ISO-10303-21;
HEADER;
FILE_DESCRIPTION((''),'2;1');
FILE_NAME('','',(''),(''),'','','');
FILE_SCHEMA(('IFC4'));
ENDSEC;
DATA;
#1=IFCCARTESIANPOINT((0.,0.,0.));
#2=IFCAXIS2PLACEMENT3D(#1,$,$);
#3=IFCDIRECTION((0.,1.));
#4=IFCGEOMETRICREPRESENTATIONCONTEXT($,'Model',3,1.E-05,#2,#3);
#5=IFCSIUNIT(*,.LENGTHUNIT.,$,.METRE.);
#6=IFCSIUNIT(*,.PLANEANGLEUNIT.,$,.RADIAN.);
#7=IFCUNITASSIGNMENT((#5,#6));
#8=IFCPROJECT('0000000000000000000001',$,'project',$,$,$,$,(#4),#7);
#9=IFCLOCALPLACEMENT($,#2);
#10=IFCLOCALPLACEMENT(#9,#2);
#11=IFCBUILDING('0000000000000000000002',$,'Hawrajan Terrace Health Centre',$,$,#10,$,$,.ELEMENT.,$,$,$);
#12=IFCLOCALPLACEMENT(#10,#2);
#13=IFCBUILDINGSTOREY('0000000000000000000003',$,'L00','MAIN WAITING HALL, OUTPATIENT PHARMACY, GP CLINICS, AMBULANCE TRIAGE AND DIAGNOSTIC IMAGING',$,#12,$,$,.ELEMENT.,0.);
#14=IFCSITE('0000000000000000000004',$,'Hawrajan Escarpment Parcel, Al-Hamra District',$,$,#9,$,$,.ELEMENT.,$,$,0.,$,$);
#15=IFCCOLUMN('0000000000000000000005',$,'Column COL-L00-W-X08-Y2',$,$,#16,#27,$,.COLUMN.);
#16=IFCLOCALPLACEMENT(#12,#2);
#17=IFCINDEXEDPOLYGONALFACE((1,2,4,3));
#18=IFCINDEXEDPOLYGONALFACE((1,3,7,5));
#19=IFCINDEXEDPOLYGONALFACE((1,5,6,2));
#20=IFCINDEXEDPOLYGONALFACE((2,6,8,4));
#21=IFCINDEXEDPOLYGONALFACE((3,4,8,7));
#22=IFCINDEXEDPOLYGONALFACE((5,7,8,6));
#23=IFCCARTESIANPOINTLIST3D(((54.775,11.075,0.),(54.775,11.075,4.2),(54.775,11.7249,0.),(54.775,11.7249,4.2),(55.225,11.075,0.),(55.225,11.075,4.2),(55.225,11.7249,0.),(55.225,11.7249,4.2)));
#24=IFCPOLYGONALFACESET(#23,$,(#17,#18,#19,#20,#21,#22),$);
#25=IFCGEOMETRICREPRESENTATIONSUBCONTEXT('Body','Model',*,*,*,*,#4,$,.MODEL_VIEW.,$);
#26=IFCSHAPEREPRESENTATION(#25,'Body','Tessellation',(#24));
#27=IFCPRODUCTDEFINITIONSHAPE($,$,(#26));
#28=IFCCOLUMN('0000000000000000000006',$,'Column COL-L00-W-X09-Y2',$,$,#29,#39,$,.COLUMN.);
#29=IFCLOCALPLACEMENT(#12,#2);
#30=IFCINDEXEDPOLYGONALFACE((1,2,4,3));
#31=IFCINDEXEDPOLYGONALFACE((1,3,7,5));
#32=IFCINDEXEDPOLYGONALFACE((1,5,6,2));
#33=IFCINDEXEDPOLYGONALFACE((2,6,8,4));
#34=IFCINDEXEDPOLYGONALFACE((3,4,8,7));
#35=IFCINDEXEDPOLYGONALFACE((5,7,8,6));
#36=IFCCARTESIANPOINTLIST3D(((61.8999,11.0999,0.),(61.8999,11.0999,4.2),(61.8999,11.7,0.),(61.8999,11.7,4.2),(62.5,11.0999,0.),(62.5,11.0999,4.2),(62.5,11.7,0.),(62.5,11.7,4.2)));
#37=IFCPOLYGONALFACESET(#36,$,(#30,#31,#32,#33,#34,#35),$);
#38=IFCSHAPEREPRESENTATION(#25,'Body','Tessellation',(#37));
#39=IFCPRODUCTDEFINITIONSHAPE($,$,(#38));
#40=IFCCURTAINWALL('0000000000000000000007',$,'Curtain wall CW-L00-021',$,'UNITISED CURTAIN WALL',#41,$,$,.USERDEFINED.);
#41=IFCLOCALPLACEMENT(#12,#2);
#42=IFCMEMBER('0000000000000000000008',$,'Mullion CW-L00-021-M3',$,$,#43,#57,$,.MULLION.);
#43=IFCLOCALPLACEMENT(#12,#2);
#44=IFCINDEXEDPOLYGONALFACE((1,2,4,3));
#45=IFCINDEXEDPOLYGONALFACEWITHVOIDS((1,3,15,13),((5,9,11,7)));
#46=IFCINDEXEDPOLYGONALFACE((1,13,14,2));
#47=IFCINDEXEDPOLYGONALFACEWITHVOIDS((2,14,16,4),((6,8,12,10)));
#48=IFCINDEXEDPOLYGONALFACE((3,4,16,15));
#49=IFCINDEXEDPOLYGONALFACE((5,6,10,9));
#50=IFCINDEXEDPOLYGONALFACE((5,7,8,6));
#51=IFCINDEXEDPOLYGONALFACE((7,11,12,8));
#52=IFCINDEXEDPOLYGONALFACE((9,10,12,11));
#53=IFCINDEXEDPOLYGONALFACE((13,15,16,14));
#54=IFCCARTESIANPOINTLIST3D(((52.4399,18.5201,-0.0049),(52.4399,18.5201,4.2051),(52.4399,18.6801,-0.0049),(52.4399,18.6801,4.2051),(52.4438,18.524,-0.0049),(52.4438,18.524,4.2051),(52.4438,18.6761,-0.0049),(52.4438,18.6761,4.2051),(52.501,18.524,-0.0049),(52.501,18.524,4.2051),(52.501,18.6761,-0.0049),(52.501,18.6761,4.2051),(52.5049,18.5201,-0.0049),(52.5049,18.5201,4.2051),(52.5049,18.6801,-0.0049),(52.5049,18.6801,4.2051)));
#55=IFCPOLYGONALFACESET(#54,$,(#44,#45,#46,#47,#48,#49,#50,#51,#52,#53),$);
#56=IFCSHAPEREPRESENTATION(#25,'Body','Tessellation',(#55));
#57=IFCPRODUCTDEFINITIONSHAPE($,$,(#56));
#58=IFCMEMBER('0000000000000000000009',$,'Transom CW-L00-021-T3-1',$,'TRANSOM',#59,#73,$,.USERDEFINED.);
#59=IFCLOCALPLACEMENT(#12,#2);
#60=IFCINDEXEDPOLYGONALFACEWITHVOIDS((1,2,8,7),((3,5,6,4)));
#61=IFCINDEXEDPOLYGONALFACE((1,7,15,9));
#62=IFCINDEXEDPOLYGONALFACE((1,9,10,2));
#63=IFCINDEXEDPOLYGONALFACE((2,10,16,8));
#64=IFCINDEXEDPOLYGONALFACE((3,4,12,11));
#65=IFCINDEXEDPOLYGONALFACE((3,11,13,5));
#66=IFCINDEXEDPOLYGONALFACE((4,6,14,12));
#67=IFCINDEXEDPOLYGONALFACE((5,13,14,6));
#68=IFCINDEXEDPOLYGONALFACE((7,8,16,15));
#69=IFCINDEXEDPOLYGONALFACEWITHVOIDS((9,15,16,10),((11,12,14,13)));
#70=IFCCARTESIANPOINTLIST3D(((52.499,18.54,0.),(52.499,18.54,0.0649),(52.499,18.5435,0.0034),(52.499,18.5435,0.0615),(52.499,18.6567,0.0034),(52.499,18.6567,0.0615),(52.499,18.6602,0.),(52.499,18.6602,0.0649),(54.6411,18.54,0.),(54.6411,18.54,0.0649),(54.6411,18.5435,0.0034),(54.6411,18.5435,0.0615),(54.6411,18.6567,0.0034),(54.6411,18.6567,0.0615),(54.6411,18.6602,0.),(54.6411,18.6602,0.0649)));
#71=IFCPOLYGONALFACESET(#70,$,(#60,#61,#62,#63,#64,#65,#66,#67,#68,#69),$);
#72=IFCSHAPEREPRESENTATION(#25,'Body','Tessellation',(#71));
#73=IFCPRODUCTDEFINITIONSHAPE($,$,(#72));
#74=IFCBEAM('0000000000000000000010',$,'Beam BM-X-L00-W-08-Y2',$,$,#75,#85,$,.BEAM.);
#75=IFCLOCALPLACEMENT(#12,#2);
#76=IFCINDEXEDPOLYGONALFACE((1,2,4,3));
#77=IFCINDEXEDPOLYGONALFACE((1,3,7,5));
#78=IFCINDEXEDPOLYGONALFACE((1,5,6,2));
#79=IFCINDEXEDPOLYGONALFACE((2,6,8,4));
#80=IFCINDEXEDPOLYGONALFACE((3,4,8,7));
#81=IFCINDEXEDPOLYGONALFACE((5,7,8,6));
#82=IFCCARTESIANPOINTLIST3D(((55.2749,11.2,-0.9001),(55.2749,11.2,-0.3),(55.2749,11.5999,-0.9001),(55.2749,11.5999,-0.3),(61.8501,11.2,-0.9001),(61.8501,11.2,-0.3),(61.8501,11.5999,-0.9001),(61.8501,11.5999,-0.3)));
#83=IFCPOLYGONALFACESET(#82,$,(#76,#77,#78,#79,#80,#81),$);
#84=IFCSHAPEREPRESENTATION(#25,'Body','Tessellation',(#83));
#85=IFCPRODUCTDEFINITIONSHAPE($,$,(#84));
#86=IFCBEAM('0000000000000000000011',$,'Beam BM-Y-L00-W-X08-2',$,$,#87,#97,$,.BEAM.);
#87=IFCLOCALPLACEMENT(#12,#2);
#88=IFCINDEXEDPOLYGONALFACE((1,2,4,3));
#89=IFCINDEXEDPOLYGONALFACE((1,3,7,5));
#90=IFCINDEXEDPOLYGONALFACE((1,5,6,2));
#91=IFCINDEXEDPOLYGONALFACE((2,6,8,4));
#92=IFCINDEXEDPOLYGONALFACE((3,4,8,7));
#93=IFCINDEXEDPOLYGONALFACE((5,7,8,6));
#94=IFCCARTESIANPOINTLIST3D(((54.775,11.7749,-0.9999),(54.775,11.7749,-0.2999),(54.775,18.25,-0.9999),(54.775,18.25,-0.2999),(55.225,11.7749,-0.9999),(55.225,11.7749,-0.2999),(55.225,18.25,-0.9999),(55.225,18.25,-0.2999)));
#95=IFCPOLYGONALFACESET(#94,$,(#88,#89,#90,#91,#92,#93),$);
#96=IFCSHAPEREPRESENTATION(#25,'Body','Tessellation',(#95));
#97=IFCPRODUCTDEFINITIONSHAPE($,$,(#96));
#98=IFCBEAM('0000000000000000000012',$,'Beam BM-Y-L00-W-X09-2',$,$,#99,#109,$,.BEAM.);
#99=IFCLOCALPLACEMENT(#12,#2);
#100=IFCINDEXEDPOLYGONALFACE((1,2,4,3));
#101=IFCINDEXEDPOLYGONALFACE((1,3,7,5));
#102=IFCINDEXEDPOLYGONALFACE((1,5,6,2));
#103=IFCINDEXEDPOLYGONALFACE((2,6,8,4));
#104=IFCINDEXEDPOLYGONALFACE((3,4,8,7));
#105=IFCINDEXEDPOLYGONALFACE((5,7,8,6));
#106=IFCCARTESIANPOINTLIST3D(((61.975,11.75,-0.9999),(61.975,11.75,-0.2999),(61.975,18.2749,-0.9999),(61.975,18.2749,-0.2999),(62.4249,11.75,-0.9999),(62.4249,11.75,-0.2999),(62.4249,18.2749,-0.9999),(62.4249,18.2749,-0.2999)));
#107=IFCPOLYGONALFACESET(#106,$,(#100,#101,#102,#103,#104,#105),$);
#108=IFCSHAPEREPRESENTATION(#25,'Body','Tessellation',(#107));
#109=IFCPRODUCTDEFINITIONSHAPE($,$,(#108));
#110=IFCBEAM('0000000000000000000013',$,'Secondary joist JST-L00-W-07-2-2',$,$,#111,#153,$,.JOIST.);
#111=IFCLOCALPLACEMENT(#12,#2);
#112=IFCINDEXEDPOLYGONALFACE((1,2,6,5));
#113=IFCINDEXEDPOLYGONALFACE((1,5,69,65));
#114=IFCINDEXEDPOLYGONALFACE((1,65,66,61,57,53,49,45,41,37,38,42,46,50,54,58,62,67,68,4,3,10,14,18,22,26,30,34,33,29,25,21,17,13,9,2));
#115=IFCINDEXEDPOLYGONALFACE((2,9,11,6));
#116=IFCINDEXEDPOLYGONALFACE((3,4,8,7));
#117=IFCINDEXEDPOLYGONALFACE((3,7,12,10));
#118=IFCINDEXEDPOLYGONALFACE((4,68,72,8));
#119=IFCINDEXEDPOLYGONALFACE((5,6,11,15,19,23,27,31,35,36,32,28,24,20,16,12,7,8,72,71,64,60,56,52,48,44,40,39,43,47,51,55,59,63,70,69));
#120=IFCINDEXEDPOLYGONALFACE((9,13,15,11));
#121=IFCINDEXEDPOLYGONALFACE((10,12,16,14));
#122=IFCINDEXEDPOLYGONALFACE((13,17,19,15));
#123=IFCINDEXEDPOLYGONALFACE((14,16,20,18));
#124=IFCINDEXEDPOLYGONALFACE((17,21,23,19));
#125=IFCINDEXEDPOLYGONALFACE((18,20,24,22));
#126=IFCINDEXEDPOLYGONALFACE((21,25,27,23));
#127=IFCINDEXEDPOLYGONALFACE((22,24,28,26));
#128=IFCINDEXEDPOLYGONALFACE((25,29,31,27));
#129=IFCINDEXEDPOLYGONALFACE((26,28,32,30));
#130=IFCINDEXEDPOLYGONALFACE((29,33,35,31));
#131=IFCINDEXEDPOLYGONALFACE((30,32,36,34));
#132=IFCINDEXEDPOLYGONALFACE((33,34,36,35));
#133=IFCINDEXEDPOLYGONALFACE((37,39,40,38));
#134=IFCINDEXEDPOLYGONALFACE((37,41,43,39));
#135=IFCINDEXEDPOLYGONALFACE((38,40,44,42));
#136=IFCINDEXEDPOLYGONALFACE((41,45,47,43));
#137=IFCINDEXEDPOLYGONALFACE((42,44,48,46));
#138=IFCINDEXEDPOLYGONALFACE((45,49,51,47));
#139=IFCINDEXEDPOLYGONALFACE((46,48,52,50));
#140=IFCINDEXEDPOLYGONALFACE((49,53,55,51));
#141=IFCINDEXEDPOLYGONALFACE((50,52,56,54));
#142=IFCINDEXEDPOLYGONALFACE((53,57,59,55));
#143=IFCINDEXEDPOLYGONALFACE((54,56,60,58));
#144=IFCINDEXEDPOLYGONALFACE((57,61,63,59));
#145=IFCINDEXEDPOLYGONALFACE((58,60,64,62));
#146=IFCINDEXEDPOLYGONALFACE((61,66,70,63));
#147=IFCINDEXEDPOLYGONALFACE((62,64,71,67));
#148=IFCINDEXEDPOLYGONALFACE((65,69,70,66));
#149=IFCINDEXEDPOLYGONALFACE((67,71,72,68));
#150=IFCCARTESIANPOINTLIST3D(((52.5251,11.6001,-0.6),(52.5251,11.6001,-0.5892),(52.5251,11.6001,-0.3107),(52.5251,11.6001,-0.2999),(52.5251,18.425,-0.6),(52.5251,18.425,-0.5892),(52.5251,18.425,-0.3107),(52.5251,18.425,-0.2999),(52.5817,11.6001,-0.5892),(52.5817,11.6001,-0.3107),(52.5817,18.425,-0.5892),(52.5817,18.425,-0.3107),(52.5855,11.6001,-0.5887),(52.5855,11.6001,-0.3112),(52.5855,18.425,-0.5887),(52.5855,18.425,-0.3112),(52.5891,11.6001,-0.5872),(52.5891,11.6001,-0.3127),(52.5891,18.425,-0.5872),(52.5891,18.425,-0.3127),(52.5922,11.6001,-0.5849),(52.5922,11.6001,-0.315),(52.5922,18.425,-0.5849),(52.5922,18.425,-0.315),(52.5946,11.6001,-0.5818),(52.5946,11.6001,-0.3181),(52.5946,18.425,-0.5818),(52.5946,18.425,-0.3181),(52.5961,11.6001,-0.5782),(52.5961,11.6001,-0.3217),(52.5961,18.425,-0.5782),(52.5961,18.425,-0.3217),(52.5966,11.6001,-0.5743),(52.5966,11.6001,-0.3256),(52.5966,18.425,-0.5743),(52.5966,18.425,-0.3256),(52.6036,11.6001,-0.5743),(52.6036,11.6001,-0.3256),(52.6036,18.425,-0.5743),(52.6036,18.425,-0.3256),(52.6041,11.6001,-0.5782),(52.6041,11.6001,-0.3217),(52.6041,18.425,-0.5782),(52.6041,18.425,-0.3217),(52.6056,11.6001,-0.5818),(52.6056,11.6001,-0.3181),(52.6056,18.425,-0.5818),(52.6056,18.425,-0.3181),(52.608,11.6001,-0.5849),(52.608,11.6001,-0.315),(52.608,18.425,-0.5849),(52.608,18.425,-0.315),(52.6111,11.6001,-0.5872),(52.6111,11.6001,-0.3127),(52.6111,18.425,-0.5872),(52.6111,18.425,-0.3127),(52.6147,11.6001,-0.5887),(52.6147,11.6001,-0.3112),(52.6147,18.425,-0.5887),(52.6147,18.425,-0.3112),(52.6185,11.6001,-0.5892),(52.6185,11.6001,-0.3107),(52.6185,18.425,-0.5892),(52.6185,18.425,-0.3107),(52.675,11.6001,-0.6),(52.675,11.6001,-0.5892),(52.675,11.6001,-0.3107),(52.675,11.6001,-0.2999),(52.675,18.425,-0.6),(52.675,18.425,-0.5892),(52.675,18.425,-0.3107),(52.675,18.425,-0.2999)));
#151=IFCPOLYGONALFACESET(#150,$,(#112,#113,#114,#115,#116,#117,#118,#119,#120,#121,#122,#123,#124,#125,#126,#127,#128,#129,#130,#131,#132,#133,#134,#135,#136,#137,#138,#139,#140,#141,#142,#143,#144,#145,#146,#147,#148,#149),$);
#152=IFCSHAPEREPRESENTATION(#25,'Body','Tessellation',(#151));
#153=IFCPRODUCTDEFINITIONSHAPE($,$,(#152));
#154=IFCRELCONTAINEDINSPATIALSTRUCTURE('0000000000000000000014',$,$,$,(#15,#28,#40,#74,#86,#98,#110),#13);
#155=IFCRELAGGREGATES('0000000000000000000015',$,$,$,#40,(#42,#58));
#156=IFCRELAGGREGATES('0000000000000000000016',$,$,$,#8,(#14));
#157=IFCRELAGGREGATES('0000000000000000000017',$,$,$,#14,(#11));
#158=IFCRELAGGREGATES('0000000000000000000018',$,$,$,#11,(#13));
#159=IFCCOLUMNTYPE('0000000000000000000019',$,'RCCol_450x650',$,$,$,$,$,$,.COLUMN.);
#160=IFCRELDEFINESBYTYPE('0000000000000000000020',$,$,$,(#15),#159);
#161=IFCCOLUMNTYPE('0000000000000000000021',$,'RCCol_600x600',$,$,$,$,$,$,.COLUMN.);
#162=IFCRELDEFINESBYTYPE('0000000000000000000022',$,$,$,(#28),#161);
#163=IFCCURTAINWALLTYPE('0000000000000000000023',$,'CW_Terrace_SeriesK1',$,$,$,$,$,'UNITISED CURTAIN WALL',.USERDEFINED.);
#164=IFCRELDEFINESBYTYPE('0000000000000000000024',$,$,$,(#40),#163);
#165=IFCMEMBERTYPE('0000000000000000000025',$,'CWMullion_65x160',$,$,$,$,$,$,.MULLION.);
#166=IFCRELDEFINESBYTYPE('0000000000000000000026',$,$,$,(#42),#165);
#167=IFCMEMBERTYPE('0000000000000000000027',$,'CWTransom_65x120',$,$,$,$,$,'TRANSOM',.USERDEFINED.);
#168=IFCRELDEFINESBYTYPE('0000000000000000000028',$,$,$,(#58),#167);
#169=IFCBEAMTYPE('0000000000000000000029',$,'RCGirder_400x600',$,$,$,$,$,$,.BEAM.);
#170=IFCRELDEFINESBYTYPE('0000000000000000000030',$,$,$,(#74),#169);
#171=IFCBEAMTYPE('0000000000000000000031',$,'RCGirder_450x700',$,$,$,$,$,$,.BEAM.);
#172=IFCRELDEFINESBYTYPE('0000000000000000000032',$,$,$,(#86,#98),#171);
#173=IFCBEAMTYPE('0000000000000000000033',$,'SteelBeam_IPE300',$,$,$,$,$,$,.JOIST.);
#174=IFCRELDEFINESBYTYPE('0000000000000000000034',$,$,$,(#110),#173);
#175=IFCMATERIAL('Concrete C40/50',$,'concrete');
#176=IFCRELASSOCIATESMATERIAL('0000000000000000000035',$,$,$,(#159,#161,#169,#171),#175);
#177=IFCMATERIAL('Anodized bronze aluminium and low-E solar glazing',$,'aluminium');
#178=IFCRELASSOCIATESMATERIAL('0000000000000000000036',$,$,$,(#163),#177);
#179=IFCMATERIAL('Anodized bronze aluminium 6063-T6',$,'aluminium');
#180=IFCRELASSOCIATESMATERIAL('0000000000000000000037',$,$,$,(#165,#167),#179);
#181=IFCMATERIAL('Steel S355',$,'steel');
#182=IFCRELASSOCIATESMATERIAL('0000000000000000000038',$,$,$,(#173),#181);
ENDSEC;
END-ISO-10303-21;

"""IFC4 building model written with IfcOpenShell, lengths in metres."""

from ifc_helpers import new_model, si_unit, direction, frame, origin, origin_2d, place, context, subcontext, project, spatial, rectangle, hollow_rectangle, i_section, extrude, material, material_profile, profile_set, type_object, element, aggregate, save


model = new_model("IFC4")

# Units and contexts
model_context = context("Model", 3, precision=1e-05, world=origin(), true_north=direction((0.0, 1.0)))
body_context = subcontext(model_context, "Body", "Model", "MODEL_VIEW")
ifc_project = project(units=[si_unit("LENGTHUNIT", "METRE"), si_unit("PLANEANGLEUNIT", "RADIAN")], contexts=[model_context])

# Site, building, storey
site_placement = place(None, origin())
site = spatial("IfcSite", under=ifc_project, at=site_placement, Name="Hawrajan Escarpment Parcel, Al-Hamra District", CompositionType="ELEMENT", RefElevation=0.0)
building_placement = place(site_placement, origin())
building = spatial("IfcBuilding", under=site, at=building_placement, Name="Hawrajan Terrace Health Centre", CompositionType="ELEMENT")
storey_placement = place(building_placement, origin())
storey = spatial("IfcBuildingStorey", under=building, at=storey_placement, Name="L00", Description="MAIN WAITING HALL, OUTPATIENT PHARMACY, GP CLINICS, AMBULANCE TRIAGE AND DIAGNOSTIC IMAGING", CompositionType="ELEMENT", Elevation=0.0)

# Columns
ifc_material_1 = material(Name="Concrete C40/50", Category="concrete")
ifc_material_profile_1 = material_profile(ifc_material_1, rectangle(XDim=0.45, YDim=0.6499, at=origin_2d()), Name="RC 450x650")
ifc_profile_set_1 = profile_set([ifc_material_profile_1], Name="Concrete C40/50")
column_type_1 = type_object("IfcColumnType", Name="RCCol_450x650", PredefinedType="COLUMN", material=ifc_profile_set_1)
column_1_placement = place(storey_placement, frame((55.0, 11.3999, 0.0), z_axis=(0.0, 0.0, 1.0), x_axis=(1.0, 0.0, 0.0)))
element("IfcColumn", 1, at=column_1_placement, inside=storey, type_object=column_type_1, Name="Column COL-L00-W-X08-Y2", PredefinedType="COLUMN", context=body_context, shape_type="SweptSolid", body=[
    extrude(rectangle(XDim=0.45, YDim=0.6499, at=origin_2d()), origin(), (0.0, 0.0, 1.0), 4.2),
])
ifc_material_profile_2 = material_profile(ifc_material_1, rectangle(XDim=0.6001, YDim=0.6001, at=origin_2d()), Name="RC 600x600")
ifc_profile_set_2 = profile_set([ifc_material_profile_2], Name="Concrete C40/50")
column_type_2 = type_object("IfcColumnType", Name="RCCol_600x600", PredefinedType="COLUMN", material=ifc_profile_set_2)
column_2_placement = place(storey_placement, frame((62.2, 11.3999, 0.0), z_axis=(0.0, 0.0, 1.0), x_axis=(1.0, 0.0, 0.0)))
element("IfcColumn", 2, at=column_2_placement, inside=storey, type_object=column_type_2, Name="Column COL-L00-W-X09-Y2", PredefinedType="COLUMN", context=body_context, shape_type="SweptSolid", body=[
    extrude(rectangle(XDim=0.6001, YDim=0.6001, at=origin_2d()), origin(), (0.0, 0.0, 1.0), 4.2),
])

# Curtain wall, members
ifc_material_2 = material(Name="Anodized bronze aluminium and low-E solar glazing", Category="aluminium")
curtain_wall_type = type_object("IfcCurtainWallType", Name="CW_Terrace_SeriesK1", ElementType="UNITISED CURTAIN WALL", PredefinedType="USERDEFINED", material=ifc_material_2)
curtain_wall_placement = place(storey_placement, origin())
curtain_wall = element("IfcCurtainWall", 3, at=curtain_wall_placement, inside=storey, type_object=curtain_wall_type, Name="Curtain wall CW-L00-021", ObjectType="UNITISED CURTAIN WALL", PredefinedType="USERDEFINED")
ifc_material_3 = material(Name="Anodized bronze aluminium 6063-T6", Category="aluminium")
ifc_material_profile_3 = material_profile(ifc_material_3, hollow_rectangle(XDim=0.0649, YDim=0.1599, WallThickness=0.0039, at=origin_2d()), Name="CW MUL 65x160")
ifc_profile_set_3 = profile_set([ifc_material_profile_3], Name="Anodized bronze aluminium 6063-T6")
member_type_1 = type_object("IfcMemberType", Name="CWMullion_65x160", PredefinedType="MULLION", material=ifc_profile_set_3)
member_1_placement = place(storey_placement, frame((52.4724, 18.6001, -0.0049), z_axis=(0.0, 0.0, 1.0), x_axis=(1.0, 0.0, 0.0)))
member_1 = element("IfcMember", 4, at=member_1_placement, type_object=member_type_1, Name="Mullion CW-L00-021-M3", PredefinedType="MULLION", context=body_context, shape_type="SweptSolid", body=[
    extrude(hollow_rectangle(XDim=0.0649, YDim=0.1599, WallThickness=0.0039, at=origin_2d()), origin(), (0.0, 0.0, 1.0), 4.21),
])
ifc_material_profile_4 = material_profile(ifc_material_3, hollow_rectangle(XDim=0.0649, YDim=0.1201, WallThickness=0.0034, at=origin_2d()), Name="CW TRN 65x120")
ifc_profile_set_4 = profile_set([ifc_material_profile_4], Name="Anodized bronze aluminium 6063-T6")
member_type_2 = type_object("IfcMemberType", Name="CWTransom_65x120", ElementType="TRANSOM", PredefinedType="USERDEFINED", material=ifc_profile_set_4)
member_2_placement = place(storey_placement, frame((52.499, 18.6001, 0.0325), z_axis=(1.0, 0.0, 0.0), x_axis=(0.0, 0.0, 1.0)))
member_2 = element("IfcMember", 5, at=member_2_placement, type_object=member_type_2, Name="Transom CW-L00-021-T3-1", ObjectType="TRANSOM", PredefinedType="USERDEFINED", context=body_context, shape_type="SweptSolid", body=[
    extrude(hollow_rectangle(XDim=0.0649, YDim=0.1201, WallThickness=0.0034, at=origin_2d()), origin(), (0.0, 0.0, 1.0), 2.1421),
])
aggregate(curtain_wall, [member_1, member_2])

# Beams
ifc_material_profile_5 = material_profile(ifc_material_1, rectangle(XDim=0.3999, YDim=0.6001, at=origin_2d()), Name="RC BM 400x600")
ifc_profile_set_5 = profile_set([ifc_material_profile_5], Name="Concrete C40/50")
beam_type_1 = type_object("IfcBeamType", Name="RCGirder_400x600", PredefinedType="BEAM", material=ifc_profile_set_5)
beam_1_placement = place(storey_placement, frame((55.2749, 11.3999, -0.6001), z_axis=(1.0, 0.0, 0.0), x_axis=(0.0, 1.0, 0.0)))
element("IfcBeam", 6, at=beam_1_placement, inside=storey, type_object=beam_type_1, Name="Beam BM-X-L00-W-08-Y2", PredefinedType="BEAM", context=body_context, shape_type="SweptSolid", body=[
    extrude(rectangle(XDim=0.3999, YDim=0.6001, at=origin_2d()), origin(), (0.0, 0.0, 1.0), 6.5752),
])
ifc_material_profile_6 = material_profile(ifc_material_1, rectangle(XDim=0.45, YDim=0.7, at=origin_2d()), Name="RC BM 450x700")
ifc_profile_set_6 = profile_set([ifc_material_profile_6], Name="Concrete C40/50")
beam_type_2 = type_object("IfcBeamType", Name="RCGirder_450x700", PredefinedType="BEAM", material=ifc_profile_set_6)
beam_2_placement = place(storey_placement, frame((55.0, 11.7749, -0.6499), z_axis=(0.0, 1.0, 0.0), x_axis=(-1.0, 0.0, 0.0)))
element("IfcBeam", 7, at=beam_2_placement, inside=storey, type_object=beam_type_2, Name="Beam BM-Y-L00-W-X08-2", PredefinedType="BEAM", context=body_context, shape_type="SweptSolid", body=[
    extrude(rectangle(XDim=0.45, YDim=0.7, at=origin_2d()), origin(), (0.0, 0.0, 1.0), 6.4751),
])
beam_3_placement = place(storey_placement, frame((62.2, 11.75, -0.6499), z_axis=(0.0, 1.0, 0.0), x_axis=(-1.0, 0.0, 0.0)))
element("IfcBeam", 8, at=beam_3_placement, inside=storey, type_object=beam_type_2, Name="Beam BM-Y-L00-W-X09-2", PredefinedType="BEAM", context=body_context, shape_type="SweptSolid", body=[
    extrude(rectangle(XDim=0.45, YDim=0.7, at=origin_2d()), origin(), (0.0, 0.0, 1.0), 6.5249),
])
ifc_material_4 = material(Name="Steel S355", Category="steel")
ifc_material_profile_7 = material_profile(ifc_material_4, i_section(OverallWidth=0.1499, OverallDepth=0.3, WebThickness=0.0071, FlangeThickness=0.0107, FilletRadius=0.0149, at=origin_2d()), Name="IPE 300")
ifc_profile_set_7 = profile_set([ifc_material_profile_7], Name="Steel S355")
beam_type_3 = type_object("IfcBeamType", Name="SteelBeam_IPE300", PredefinedType="JOIST", material=ifc_profile_set_7)
for number, where, z_axis, x_axis, name in (
    (9, (52.6001, 11.6001, -0.45), (0.0, 1.0, 0.0), (-1.0, 0.0, 0.0), "Secondary joist JST-L00-W-07-2-2"),
):
    element("IfcBeam", number, at=place(storey_placement, frame(where, z_axis=z_axis, x_axis=x_axis)), inside=storey, type_object=beam_type_3, Name=name, PredefinedType="JOIST", context=body_context, shape_type="SweptSolid", body=[
        extrude(i_section(OverallWidth=0.1499, OverallDepth=0.3, WebThickness=0.0071, FlangeThickness=0.0107, FilletRadius=0.0149, at=origin_2d()), origin(), (0.0, 0.0, 1.0), 6.825),
    ])

save(model, "model.ifc")
